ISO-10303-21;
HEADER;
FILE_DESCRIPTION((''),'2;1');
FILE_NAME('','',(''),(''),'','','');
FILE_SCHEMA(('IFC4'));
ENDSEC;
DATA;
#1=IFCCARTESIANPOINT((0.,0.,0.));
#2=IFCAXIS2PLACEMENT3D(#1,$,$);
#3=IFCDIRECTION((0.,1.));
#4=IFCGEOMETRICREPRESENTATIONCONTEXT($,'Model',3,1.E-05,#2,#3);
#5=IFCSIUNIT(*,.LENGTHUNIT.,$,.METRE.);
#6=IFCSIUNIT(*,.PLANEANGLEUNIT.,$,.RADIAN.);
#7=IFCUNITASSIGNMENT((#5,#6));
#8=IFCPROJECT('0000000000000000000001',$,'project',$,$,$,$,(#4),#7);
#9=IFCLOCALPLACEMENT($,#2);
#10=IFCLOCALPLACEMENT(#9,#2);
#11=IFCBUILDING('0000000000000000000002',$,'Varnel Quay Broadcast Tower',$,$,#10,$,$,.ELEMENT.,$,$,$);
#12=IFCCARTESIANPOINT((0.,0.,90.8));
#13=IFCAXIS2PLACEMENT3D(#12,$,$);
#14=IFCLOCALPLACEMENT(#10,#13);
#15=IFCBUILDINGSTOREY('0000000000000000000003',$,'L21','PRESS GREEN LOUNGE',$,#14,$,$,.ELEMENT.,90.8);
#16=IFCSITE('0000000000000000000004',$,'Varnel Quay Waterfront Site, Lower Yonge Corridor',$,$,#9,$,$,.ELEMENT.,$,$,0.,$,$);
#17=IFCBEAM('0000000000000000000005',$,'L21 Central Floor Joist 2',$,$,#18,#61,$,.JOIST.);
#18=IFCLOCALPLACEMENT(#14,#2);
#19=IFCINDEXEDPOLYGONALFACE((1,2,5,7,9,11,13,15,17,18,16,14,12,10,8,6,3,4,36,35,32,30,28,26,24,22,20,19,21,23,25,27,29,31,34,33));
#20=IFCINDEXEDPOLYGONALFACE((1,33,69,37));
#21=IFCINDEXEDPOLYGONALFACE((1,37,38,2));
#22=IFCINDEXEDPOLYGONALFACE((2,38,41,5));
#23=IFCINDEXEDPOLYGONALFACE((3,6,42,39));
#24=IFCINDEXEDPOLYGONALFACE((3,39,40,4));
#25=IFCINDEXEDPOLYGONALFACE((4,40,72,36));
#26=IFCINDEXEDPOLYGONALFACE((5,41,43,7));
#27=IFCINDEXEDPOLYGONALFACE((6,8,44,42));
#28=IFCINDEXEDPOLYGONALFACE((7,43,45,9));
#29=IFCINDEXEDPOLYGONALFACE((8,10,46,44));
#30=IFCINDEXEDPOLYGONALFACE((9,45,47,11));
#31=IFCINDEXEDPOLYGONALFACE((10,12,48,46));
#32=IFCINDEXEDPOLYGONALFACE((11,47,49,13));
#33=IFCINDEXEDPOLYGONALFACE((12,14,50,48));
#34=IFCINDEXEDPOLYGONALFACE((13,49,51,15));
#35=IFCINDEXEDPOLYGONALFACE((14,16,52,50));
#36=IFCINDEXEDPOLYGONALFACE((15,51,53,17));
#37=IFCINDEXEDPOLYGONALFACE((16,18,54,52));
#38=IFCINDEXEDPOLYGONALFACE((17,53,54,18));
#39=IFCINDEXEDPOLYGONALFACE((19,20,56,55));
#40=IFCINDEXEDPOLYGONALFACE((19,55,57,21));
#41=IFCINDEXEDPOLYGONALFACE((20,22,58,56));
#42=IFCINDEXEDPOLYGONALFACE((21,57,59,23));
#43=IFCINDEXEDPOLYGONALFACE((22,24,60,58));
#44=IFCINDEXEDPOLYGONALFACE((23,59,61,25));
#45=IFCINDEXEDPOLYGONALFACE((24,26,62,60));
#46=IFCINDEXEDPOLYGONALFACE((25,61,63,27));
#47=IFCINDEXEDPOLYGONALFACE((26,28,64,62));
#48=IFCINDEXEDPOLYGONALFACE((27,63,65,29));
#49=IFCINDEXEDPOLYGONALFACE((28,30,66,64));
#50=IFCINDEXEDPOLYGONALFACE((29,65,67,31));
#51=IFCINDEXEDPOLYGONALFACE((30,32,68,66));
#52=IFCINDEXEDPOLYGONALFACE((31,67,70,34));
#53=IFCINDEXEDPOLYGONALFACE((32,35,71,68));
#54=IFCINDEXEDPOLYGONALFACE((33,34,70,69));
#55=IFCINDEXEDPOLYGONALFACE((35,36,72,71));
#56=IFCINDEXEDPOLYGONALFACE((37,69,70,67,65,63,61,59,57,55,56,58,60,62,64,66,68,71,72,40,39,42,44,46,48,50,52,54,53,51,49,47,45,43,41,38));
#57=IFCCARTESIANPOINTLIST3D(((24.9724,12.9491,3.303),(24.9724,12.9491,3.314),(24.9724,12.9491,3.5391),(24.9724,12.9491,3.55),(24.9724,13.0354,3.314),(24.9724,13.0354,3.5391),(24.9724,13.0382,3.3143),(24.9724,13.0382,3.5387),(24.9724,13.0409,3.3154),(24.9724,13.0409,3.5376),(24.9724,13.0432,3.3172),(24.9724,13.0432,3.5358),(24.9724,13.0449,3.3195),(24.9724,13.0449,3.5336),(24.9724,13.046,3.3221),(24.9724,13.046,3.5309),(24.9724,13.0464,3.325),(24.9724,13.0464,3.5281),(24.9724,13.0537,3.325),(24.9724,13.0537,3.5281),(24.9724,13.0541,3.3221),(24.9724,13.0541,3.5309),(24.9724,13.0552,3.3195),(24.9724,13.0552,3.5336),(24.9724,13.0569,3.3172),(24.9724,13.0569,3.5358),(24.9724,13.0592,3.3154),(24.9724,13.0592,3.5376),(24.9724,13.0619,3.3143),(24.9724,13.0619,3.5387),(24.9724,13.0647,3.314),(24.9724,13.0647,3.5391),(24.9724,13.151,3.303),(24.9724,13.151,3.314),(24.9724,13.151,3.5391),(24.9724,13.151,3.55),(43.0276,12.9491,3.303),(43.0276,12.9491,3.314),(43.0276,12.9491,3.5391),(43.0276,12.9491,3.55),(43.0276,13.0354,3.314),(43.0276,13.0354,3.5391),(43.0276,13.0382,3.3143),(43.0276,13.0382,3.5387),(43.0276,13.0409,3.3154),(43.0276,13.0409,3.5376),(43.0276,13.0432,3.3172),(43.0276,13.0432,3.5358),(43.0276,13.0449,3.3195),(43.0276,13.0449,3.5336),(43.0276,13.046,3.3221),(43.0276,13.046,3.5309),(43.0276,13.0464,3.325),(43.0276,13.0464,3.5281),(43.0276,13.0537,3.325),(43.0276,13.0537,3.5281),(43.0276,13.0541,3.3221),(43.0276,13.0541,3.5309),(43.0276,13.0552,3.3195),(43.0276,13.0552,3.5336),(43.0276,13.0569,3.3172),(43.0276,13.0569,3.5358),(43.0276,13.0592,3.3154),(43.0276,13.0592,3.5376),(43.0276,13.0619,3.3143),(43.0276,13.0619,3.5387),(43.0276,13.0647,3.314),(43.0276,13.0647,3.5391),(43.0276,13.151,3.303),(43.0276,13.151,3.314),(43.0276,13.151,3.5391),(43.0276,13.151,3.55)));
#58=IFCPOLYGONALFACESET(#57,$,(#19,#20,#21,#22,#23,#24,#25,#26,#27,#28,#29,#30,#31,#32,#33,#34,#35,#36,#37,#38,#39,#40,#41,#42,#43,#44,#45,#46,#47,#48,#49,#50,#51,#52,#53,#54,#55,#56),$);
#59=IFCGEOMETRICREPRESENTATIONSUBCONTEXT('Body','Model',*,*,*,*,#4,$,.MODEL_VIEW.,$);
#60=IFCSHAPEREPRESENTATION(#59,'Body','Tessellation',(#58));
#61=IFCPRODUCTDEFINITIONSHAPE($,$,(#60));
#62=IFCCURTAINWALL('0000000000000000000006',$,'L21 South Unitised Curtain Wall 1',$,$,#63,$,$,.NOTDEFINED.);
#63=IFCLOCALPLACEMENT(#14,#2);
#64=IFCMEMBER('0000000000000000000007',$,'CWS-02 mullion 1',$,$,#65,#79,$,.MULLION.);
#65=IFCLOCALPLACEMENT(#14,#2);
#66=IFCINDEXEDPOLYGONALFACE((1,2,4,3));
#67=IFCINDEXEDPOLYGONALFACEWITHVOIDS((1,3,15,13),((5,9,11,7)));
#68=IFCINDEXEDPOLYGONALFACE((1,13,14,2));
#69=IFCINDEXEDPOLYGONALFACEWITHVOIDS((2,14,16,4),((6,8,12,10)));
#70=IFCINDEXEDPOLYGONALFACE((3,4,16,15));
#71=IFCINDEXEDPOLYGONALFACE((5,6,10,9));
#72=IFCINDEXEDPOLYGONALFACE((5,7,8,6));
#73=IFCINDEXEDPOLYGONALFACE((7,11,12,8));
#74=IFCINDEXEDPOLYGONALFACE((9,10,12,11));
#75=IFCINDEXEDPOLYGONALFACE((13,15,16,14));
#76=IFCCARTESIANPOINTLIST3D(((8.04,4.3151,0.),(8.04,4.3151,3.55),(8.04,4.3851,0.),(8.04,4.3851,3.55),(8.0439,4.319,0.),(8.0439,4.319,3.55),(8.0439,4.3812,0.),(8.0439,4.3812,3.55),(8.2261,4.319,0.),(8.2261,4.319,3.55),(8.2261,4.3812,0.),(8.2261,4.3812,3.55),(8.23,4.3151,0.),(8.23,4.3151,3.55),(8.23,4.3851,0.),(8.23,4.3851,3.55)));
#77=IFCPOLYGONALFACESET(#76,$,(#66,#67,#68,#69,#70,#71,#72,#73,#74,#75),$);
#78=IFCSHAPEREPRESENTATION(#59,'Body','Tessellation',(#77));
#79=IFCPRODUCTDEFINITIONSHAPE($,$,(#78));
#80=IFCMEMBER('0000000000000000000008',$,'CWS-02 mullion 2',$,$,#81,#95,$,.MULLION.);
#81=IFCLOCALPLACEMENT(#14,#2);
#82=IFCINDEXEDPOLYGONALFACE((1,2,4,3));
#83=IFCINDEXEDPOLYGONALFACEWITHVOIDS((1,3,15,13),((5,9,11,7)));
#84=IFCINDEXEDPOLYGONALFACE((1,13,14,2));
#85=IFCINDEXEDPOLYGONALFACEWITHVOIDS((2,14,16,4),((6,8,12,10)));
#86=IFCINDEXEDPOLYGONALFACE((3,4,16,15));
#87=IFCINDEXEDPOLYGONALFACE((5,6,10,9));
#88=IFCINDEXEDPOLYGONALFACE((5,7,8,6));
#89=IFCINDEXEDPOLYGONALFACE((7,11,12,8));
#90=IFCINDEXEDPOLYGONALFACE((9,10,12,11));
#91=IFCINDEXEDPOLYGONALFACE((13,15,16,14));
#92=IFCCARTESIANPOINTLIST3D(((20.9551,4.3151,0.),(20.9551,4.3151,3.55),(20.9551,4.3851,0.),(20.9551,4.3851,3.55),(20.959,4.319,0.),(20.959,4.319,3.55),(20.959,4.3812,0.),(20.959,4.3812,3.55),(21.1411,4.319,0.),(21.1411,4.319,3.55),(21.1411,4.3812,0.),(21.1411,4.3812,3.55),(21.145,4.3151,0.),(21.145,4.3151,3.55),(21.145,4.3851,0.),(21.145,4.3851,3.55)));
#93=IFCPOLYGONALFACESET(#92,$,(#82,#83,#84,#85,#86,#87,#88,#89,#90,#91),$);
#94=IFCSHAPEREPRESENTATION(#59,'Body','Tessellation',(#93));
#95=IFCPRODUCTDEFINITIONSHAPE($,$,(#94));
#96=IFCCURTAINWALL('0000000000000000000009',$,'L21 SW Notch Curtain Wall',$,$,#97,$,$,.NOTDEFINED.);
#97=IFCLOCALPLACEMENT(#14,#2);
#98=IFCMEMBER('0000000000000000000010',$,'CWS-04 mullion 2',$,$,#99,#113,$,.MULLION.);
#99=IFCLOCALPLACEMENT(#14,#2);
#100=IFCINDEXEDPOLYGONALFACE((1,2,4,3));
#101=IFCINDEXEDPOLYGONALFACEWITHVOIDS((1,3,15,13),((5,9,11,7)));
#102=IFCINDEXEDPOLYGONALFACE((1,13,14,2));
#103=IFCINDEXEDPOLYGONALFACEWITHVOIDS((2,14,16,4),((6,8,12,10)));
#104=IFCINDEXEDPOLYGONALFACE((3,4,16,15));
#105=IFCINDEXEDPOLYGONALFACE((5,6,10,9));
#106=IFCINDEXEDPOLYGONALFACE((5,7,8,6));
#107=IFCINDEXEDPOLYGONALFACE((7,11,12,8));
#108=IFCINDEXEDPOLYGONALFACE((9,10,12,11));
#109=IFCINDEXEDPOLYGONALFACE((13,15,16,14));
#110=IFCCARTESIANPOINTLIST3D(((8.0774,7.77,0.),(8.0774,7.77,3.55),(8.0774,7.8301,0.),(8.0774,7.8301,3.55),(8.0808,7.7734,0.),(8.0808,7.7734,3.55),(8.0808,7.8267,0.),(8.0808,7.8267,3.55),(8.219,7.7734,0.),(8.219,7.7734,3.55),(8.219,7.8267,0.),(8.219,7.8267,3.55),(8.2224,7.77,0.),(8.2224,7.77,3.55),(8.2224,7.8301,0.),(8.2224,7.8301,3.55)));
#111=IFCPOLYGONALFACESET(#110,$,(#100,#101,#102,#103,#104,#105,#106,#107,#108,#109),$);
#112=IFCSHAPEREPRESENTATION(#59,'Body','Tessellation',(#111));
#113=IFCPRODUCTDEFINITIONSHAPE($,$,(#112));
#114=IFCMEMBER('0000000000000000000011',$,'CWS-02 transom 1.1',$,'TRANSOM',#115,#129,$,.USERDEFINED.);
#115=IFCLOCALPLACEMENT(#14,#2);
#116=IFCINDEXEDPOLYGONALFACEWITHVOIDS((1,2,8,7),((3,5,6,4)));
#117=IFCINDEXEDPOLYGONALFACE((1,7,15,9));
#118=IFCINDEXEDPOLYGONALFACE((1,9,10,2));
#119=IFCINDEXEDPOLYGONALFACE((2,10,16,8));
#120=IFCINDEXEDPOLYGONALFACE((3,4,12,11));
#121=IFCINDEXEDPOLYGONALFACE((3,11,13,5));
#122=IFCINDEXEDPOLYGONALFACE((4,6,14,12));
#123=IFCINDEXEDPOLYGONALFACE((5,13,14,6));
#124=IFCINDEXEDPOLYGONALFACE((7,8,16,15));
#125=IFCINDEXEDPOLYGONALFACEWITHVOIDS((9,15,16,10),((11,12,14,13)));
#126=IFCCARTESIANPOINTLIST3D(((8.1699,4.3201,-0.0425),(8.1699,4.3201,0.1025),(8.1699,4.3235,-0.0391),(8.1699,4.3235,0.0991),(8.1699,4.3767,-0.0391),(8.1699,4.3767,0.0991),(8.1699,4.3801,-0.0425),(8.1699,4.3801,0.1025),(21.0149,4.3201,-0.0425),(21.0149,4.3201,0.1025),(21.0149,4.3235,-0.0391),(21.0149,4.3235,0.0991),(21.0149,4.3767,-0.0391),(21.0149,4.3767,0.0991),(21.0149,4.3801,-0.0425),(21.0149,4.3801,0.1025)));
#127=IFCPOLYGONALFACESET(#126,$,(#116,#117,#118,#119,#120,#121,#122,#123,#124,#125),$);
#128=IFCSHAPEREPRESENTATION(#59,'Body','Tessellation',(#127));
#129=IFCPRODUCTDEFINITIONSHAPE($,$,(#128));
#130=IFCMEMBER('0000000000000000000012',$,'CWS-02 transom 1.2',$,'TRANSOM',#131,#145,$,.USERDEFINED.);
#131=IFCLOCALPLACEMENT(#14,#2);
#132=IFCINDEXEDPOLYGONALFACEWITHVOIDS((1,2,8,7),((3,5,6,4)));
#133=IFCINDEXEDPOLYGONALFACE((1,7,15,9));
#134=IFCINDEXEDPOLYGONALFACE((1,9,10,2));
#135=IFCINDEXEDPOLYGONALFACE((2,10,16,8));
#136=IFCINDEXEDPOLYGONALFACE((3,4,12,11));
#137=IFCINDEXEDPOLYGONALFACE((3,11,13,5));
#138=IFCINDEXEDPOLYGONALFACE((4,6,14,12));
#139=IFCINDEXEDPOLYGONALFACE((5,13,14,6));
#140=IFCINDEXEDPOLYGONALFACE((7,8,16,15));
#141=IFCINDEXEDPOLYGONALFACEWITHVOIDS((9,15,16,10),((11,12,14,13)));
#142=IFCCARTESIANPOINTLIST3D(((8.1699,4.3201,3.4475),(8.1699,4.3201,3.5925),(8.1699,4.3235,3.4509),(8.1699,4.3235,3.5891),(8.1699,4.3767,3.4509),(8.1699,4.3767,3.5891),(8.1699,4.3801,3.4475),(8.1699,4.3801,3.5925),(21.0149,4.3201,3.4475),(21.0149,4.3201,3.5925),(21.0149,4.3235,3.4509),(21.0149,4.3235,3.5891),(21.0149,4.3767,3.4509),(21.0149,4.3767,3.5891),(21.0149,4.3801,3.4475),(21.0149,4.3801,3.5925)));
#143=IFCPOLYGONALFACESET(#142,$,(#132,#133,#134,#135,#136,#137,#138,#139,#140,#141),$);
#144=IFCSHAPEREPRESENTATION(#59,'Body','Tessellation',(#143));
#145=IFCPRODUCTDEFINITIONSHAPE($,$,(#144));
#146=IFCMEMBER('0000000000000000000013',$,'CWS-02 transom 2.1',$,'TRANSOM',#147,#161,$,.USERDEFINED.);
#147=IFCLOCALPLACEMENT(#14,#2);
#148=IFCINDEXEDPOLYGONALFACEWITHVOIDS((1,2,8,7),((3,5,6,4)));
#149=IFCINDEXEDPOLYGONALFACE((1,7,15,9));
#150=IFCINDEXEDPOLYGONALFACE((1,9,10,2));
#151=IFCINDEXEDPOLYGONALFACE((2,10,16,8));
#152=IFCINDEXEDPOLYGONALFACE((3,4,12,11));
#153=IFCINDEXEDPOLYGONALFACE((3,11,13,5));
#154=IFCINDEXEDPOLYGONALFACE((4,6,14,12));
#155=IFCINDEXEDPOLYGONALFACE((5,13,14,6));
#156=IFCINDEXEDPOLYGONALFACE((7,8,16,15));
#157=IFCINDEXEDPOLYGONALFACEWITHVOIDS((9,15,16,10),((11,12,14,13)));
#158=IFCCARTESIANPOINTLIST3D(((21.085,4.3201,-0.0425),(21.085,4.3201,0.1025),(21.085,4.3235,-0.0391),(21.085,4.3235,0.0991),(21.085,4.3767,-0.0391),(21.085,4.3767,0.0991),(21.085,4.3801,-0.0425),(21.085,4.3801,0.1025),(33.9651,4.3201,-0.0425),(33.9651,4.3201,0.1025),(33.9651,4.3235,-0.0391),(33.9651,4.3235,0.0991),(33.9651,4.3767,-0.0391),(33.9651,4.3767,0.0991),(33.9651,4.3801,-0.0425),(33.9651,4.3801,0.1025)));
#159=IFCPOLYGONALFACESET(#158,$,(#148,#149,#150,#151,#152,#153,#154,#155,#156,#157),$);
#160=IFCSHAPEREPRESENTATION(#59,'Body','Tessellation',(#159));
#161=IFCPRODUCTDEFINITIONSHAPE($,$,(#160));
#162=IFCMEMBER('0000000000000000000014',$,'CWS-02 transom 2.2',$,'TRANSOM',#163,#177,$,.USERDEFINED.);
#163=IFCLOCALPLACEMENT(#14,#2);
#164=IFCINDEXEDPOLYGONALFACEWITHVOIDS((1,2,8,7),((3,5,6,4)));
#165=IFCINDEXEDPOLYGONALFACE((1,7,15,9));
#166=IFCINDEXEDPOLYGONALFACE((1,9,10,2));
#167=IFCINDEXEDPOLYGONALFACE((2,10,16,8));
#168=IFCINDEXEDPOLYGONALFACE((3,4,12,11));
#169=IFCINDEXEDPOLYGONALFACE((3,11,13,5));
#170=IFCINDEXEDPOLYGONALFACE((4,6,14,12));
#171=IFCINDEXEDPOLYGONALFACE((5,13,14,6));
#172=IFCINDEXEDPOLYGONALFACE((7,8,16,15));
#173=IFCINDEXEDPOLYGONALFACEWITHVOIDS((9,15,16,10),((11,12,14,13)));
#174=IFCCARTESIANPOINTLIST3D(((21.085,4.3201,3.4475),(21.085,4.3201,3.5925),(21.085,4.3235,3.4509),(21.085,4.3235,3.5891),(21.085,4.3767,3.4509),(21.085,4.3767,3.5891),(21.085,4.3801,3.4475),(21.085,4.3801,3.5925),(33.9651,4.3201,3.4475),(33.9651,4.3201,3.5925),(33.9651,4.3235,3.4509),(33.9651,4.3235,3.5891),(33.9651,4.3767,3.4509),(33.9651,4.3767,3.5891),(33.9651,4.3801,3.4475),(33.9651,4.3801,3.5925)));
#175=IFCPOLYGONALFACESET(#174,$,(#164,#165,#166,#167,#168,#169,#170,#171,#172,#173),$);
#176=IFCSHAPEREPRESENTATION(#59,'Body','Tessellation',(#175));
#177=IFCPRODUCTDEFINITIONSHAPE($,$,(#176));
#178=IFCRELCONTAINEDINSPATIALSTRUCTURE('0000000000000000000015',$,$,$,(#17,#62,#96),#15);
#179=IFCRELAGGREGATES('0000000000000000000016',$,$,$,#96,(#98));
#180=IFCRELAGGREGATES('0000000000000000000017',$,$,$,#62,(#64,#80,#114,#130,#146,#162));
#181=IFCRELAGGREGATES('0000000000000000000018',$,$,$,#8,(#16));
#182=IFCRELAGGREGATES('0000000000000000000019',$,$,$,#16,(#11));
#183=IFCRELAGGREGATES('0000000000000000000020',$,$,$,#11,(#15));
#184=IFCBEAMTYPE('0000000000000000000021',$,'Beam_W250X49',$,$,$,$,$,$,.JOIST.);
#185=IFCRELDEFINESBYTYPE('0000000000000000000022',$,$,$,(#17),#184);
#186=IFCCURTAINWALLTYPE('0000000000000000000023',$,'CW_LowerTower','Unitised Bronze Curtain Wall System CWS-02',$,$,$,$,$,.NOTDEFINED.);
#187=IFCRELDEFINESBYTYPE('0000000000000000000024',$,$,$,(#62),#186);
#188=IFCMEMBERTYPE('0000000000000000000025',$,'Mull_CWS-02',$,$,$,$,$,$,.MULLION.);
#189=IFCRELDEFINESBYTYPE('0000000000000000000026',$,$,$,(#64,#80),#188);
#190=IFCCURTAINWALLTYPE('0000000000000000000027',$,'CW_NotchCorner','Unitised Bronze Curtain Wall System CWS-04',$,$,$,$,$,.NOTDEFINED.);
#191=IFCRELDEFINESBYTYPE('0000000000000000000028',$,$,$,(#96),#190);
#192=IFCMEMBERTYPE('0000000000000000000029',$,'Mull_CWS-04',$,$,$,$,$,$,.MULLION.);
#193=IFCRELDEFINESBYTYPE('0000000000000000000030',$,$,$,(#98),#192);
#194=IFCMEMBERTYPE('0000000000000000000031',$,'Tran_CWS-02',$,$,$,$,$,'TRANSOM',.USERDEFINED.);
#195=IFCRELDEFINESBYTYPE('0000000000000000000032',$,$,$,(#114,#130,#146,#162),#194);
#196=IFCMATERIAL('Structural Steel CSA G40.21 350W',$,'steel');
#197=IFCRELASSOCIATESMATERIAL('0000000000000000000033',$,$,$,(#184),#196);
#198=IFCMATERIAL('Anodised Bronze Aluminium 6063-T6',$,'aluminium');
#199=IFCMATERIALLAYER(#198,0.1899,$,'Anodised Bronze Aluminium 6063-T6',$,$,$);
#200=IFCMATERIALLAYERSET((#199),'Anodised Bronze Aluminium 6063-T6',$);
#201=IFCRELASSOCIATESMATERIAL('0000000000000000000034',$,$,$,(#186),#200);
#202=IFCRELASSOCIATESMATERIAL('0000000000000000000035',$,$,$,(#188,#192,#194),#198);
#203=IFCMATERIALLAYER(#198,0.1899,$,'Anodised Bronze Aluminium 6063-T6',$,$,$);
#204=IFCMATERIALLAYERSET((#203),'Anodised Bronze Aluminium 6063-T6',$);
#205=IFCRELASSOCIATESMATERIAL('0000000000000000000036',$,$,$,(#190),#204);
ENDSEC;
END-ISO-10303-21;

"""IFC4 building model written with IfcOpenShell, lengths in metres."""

from ifc_helpers import new_model, si_unit, direction, frame, origin, origin_2d, place, context, subcontext, project, spatial, hollow_rectangle, i_section, extrude, source, transform, mapped, material, layer, layer_set, material_profile, profile_set, type_object, type_shapes, element, aggregate, save


model = new_model("IFC4")

# Units and contexts
model_context = context("Model", 3, precision=1e-05, world=origin(), true_north=direction((0.0, 1.0)))
body_context = subcontext(model_context, "Body", "Model", "MODEL_VIEW")
ifc_project = project(units=[si_unit("LENGTHUNIT", "METRE"), si_unit("PLANEANGLEUNIT", "RADIAN")], contexts=[model_context])

# Site, building, storey
site_placement = place(None, origin())
site = spatial("IfcSite", under=ifc_project, at=site_placement, Name="Varnel Quay Waterfront Site, Lower Yonge Corridor", CompositionType="ELEMENT", RefElevation=0.0)
building_placement = place(site_placement, origin())
building = spatial("IfcBuilding", under=site, at=building_placement, Name="Varnel Quay Broadcast Tower", CompositionType="ELEMENT")
storey_placement = place(building_placement, frame((0.0, 0.0, 90.8)))
storey = spatial("IfcBuildingStorey", under=building, at=storey_placement, Name="L21", Description="PRESS GREEN LOUNGE", CompositionType="ELEMENT", Elevation=90.8)

# Shared definitions
ifc_material_1 = material(Name="Structural Steel CSA G40.21 350W", Category="steel")

# Beam
ifc_material_profile_1 = material_profile(ifc_material_1, i_section(OverallWidth=0.2019, OverallDepth=0.2471, WebThickness=0.0073, FlangeThickness=0.011, FilletRadius=0.011, at=origin_2d()), Name="W250X49")
ifc_profile_set_1 = profile_set([ifc_material_profile_1], Name="Structural Steel CSA G40.21 350W")
beam_type_1 = type_object("IfcBeamType", Name="Beam_W250X49", PredefinedType="JOIST", material=ifc_profile_set_1)
shared_shape_1 = source(origin(), body_context, "Body", "SweptSolid", [
    extrude(i_section(OverallWidth=0.2019, OverallDepth=0.2471, WebThickness=0.0073, FlangeThickness=0.011, FilletRadius=0.011, at=origin_2d()), origin(), (0.0, 0.0, 1.0), 18.0552),
])
type_shapes(beam_type_1, [shared_shape_1])
beam_1_placement = place(storey_placement, frame((24.9724, 13.05, 3.4265), z_axis=(1.0, 0.0, 0.0), x_axis=(0.0, 1.0, 0.0)))
element("IfcBeam", 1, at=beam_1_placement, inside=storey, type_object=beam_type_1, Name="L21 Central Floor Joist 2", PredefinedType="JOIST", context=body_context, shape_type="MappedRepresentation", body=[
    mapped(shared_shape_1, transform((0.0, 0.0, 0.0), x_axis=(1.0, 0.0, 0.0), y_axis=(0.0, 1.0, 0.0), z_axis=(0.0, 0.0, 1.0), scale=1.0)),
])

# Curtain wall, members
ifc_material_2 = material(Name="Anodised Bronze Aluminium 6063-T6", Category="aluminium")
ifc_layer_1 = layer(ifc_material_2, 0.1899, Name="Anodised Bronze Aluminium 6063-T6")
ifc_layer_set_1 = layer_set([ifc_layer_1], Name="Anodised Bronze Aluminium 6063-T6")
curtain_wall_type_1 = type_object("IfcCurtainWallType", Name="CW_LowerTower", Description="Unitised Bronze Curtain Wall System CWS-02", PredefinedType="NOTDEFINED", material=ifc_layer_set_1)
curtain_wall_1_placement = place(storey_placement, origin())
curtain_wall_1 = element("IfcCurtainWall", 2, at=curtain_wall_1_placement, inside=storey, type_object=curtain_wall_type_1, Name="L21 South Unitised Curtain Wall 1", PredefinedType="NOTDEFINED")
ifc_material_profile_2 = material_profile(ifc_material_2, hollow_rectangle(XDim=0.0701, YDim=0.1899, WallThickness=0.0039, at=origin_2d()), Name="ALU70X190X4")
ifc_profile_set_2 = profile_set([ifc_material_profile_2], Name="Anodised Bronze Aluminium 6063-T6")
member_type_1 = type_object("IfcMemberType", Name="Mull_CWS-02", PredefinedType="MULLION", material=ifc_profile_set_2)
shared_shape_2 = source(origin(), body_context, "Body", "SweptSolid", [
    extrude(hollow_rectangle(XDim=0.0701, YDim=0.1899, WallThickness=0.0039, at=origin_2d()), origin(), (0.0, 0.0, 1.0), 3.55),
])
type_shapes(member_type_1, [shared_shape_2])
member_1_placement = place(storey_placement, frame((8.135, 4.3501, 0.0), z_axis=(0.0, 0.0, 1.0), x_axis=(0.0, 1.0, 0.0)))
member_1 = element("IfcMember", 3, at=member_1_placement, type_object=member_type_1, Name="CWS-02 mullion 1", PredefinedType="MULLION", context=body_context, shape_type="MappedRepresentation", body=[
    mapped(shared_shape_2, transform((0.0, 0.0, 0.0), x_axis=(1.0, 0.0, 0.0), y_axis=(0.0, 1.0, 0.0), z_axis=(0.0, 0.0, 1.0), scale=1.0)),
])
member_2_placement = place(storey_placement, frame((21.05, 4.3501, 0.0), z_axis=(0.0, 0.0, 1.0), x_axis=(0.0, 1.0, 0.0)))
member_2 = element("IfcMember", 4, at=member_2_placement, type_object=member_type_1, Name="CWS-02 mullion 2", PredefinedType="MULLION", context=body_context, shape_type="MappedRepresentation", body=[
    mapped(shared_shape_2, transform((0.0, 0.0, 0.0), x_axis=(1.0, 0.0, 0.0), y_axis=(0.0, 1.0, 0.0), z_axis=(0.0, 0.0, 1.0), scale=1.0)),
])

# Curtain wall, member
ifc_layer_2 = layer(ifc_material_2, 0.1899, Name="Anodised Bronze Aluminium 6063-T6")
ifc_layer_set_2 = layer_set([ifc_layer_2], Name="Anodised Bronze Aluminium 6063-T6")
curtain_wall_type_2 = type_object("IfcCurtainWallType", Name="CW_NotchCorner", Description="Unitised Bronze Curtain Wall System CWS-04", PredefinedType="NOTDEFINED", material=ifc_layer_set_2)
curtain_wall_2_placement = place(storey_placement, origin())
curtain_wall_2 = element("IfcCurtainWall", 5, at=curtain_wall_2_placement, inside=storey, type_object=curtain_wall_type_2, Name="L21 SW Notch Curtain Wall", PredefinedType="NOTDEFINED")
ifc_material_profile_3 = material_profile(ifc_material_2, hollow_rectangle(XDim=0.0601, YDim=0.145, WallThickness=0.0034, at=origin_2d()), Name="ALU60X145X3.5")
ifc_profile_set_3 = profile_set([ifc_material_profile_3], Name="Anodised Bronze Aluminium 6063-T6")
member_type_2 = type_object("IfcMemberType", Name="Mull_CWS-04", PredefinedType="MULLION", material=ifc_profile_set_3)
shared_shape_3 = source(origin(), body_context, "Body", "SweptSolid", [
    extrude(hollow_rectangle(XDim=0.0601, YDim=0.145, WallThickness=0.0034, at=origin_2d()), origin(), (0.0, 0.0, 1.0), 3.55),
])
type_shapes(member_type_2, [shared_shape_3])
member_3_placement = place(storey_placement, frame((8.1499, 7.8, 0.0), z_axis=(0.0, 0.0, 1.0), x_axis=(0.0, 1.0, 0.0)))
member_3 = element("IfcMember", 6, at=member_3_placement, type_object=member_type_2, Name="CWS-04 mullion 2", PredefinedType="MULLION", context=body_context, shape_type="MappedRepresentation", body=[
    mapped(shared_shape_3, transform((0.0, 0.0, 0.0), x_axis=(1.0, 0.0, 0.0), y_axis=(0.0, 1.0, 0.0), z_axis=(0.0, 0.0, 1.0), scale=1.0)),
])

# Members
ifc_material_profile_4 = material_profile(ifc_material_2, hollow_rectangle(XDim=0.0601, YDim=0.145, WallThickness=0.0034, at=origin_2d()), Name="ALU60X145X3.5")
ifc_profile_set_4 = profile_set([ifc_material_profile_4], Name="Anodised Bronze Aluminium 6063-T6")
member_type_3 = type_object("IfcMemberType", Name="Tran_CWS-02", ElementType="TRANSOM", PredefinedType="USERDEFINED", material=ifc_profile_set_4)
shared_shape_4 = source(origin(), body_context, "Body", "SweptSolid", [
    extrude(hollow_rectangle(XDim=0.0601, YDim=0.145, WallThickness=0.0034, at=origin_2d()), origin(), (0.0, 0.0, 1.0), 12.845),
])
member_4_placement = place(storey_placement, frame((8.1699, 4.3501, 0.03), z_axis=(1.0, 0.0, 0.0), x_axis=(0.0, 1.0, 0.0)))
member_4 = element("IfcMember", 7, at=member_4_placement, type_object=member_type_3, Name="CWS-02 transom 1.1", ObjectType="TRANSOM", PredefinedType="USERDEFINED", context=body_context, shape_type="MappedRepresentation", body=[
    mapped(shared_shape_4, transform((0.0, 0.0, 0.0), x_axis=(1.0, 0.0, 0.0), y_axis=(0.0, 1.0, 0.0), z_axis=(0.0, 0.0, 1.0), scale=1.0)),
])
member_5_placement = place(storey_placement, frame((8.1699, 4.3501, 3.52), z_axis=(1.0, 0.0, 0.0), x_axis=(0.0, 1.0, 0.0)))
member_5 = element("IfcMember", 8, at=member_5_placement, type_object=member_type_3, Name="CWS-02 transom 1.2", ObjectType="TRANSOM", PredefinedType="USERDEFINED", context=body_context, shape_type="MappedRepresentation", body=[
    mapped(shared_shape_4, transform((0.0, 0.0, 0.0), x_axis=(1.0, 0.0, 0.0), y_axis=(0.0, 1.0, 0.0), z_axis=(0.0, 0.0, 1.0), scale=1.0)),
])
shared_shape_5 = source(origin(), body_context, "Body", "SweptSolid", [
    extrude(hollow_rectangle(XDim=0.0601, YDim=0.145, WallThickness=0.0034, at=origin_2d()), origin(), (0.0, 0.0, 1.0), 12.8801),
])
type_shapes(member_type_3, [shared_shape_4, shared_shape_5])
member_6_placement = place(storey_placement, frame((21.085, 4.3501, 0.03), z_axis=(1.0, 0.0, 0.0), x_axis=(0.0, 1.0, 0.0)))
member_6 = element("IfcMember", 9, at=member_6_placement, type_object=member_type_3, Name="CWS-02 transom 2.1", ObjectType="TRANSOM", PredefinedType="USERDEFINED", context=body_context, shape_type="MappedRepresentation", body=[
    mapped(shared_shape_5, transform((0.0, 0.0, 0.0), x_axis=(1.0, 0.0, 0.0), y_axis=(0.0, 1.0, 0.0), z_axis=(0.0, 0.0, 1.0), scale=1.0)),
])
member_7_placement = place(storey_placement, frame((21.085, 4.3501, 3.52), z_axis=(1.0, 0.0, 0.0), x_axis=(0.0, 1.0, 0.0)))
member_7 = element("IfcMember", 10, at=member_7_placement, type_object=member_type_3, Name="CWS-02 transom 2.2", ObjectType="TRANSOM", PredefinedType="USERDEFINED", context=body_context, shape_type="MappedRepresentation", body=[
    mapped(shared_shape_5, transform((0.0, 0.0, 0.0), x_axis=(1.0, 0.0, 0.0), y_axis=(0.0, 1.0, 0.0), z_axis=(0.0, 0.0, 1.0), scale=1.0)),
])

aggregate(curtain_wall_2, [member_3])
aggregate(curtain_wall_1, [member_1, member_2, member_4, member_5, member_6, member_7])

save(model, "model.ifc")
